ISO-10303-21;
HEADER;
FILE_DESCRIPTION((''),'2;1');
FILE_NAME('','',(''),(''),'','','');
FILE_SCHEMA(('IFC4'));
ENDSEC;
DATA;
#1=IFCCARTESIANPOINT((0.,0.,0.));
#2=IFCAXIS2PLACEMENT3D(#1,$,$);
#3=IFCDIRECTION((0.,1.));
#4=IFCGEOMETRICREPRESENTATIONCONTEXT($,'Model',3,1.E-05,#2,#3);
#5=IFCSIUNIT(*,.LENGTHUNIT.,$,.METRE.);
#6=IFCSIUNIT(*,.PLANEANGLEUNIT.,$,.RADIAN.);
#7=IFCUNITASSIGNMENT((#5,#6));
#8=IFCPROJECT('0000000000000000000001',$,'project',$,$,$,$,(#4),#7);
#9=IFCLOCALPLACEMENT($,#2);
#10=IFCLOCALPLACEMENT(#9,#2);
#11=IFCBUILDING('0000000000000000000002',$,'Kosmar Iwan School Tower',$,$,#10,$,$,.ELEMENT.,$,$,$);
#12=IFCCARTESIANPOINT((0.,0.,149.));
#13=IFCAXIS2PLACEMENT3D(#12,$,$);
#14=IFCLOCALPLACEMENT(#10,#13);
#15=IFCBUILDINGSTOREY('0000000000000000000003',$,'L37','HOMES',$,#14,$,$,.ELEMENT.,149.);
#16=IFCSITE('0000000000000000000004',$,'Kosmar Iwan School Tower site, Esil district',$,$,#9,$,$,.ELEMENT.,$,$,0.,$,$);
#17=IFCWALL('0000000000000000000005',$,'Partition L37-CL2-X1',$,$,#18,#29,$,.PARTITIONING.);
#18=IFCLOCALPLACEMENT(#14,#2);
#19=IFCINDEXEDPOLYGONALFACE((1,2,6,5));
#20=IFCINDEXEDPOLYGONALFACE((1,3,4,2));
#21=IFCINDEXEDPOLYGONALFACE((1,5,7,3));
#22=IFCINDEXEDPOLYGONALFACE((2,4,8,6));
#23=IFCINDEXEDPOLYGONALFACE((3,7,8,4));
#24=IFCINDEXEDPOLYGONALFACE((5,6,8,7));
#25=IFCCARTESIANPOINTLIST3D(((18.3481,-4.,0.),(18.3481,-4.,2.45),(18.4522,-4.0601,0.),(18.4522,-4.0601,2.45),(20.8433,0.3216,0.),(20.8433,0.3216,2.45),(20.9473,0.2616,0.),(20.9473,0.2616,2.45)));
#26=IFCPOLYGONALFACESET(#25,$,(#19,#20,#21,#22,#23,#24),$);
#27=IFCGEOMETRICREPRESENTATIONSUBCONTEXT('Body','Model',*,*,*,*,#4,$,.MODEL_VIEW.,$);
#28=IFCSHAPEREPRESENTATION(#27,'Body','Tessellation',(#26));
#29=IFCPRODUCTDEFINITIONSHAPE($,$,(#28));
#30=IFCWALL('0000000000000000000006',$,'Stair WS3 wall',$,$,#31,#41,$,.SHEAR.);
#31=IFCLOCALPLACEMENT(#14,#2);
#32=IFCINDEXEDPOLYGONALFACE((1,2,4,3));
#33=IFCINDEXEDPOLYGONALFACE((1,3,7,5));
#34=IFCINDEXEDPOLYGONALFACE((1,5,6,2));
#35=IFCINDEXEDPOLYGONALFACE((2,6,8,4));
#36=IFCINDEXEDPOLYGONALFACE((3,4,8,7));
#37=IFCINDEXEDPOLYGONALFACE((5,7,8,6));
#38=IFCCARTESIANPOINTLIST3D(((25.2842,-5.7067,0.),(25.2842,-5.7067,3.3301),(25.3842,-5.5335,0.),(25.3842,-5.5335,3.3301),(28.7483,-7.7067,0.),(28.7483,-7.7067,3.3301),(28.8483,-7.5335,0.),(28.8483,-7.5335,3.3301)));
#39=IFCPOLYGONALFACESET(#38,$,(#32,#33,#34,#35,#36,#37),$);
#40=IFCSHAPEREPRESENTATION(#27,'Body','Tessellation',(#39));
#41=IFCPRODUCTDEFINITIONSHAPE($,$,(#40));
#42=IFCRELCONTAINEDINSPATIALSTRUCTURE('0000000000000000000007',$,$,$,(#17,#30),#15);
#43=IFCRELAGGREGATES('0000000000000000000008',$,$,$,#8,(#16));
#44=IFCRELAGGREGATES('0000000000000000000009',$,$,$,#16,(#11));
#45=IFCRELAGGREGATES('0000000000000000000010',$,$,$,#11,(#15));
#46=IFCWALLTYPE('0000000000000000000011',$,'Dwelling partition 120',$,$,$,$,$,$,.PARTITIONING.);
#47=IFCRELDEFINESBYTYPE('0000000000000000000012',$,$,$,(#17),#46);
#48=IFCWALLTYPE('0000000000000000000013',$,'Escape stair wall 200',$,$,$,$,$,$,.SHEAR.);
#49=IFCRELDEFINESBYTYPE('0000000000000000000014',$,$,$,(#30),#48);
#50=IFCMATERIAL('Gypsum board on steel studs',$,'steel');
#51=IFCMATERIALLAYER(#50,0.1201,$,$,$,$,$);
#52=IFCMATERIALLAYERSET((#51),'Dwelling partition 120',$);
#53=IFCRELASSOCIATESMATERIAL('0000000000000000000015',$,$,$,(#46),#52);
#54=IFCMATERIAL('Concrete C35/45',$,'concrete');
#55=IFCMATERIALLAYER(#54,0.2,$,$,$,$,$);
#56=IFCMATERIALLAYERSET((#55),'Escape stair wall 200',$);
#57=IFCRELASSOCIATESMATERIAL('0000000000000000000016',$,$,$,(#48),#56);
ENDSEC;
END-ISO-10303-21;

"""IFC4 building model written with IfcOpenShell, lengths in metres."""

from ifc_helpers import new_model, si_unit, direction, frame, frame_2d, origin, place, context, subcontext, project, spatial, rectangle, extrude, material, layer, layer_set, type_object, element, save


model = new_model("IFC4")

# Units and contexts
model_context = context("Model", 3, precision=1e-05, world=origin(), true_north=direction((0.0, 1.0)))
body_context = subcontext(model_context, "Body", "Model", "MODEL_VIEW")
ifc_project = project(units=[si_unit("LENGTHUNIT", "METRE"), si_unit("PLANEANGLEUNIT", "RADIAN")], contexts=[model_context])

# Site, building, storey
site_placement = place(None, origin())
site = spatial("IfcSite", under=ifc_project, at=site_placement, Name="Kosmar Iwan School Tower site, Esil district", CompositionType="ELEMENT", RefElevation=0.0)
building_placement = place(site_placement, origin())
building = spatial("IfcBuilding", under=site, at=building_placement, Name="Kosmar Iwan School Tower", CompositionType="ELEMENT")
storey_placement = place(building_placement, frame((0.0, 0.0, 149.0)))
storey = spatial("IfcBuildingStorey", under=building, at=storey_placement, Name="L37", Description="HOMES", CompositionType="ELEMENT", Elevation=149.0)

# Shared definitions
ifc_material_1 = material(Name="Gypsum board on steel studs", Category="steel")
ifc_layer_1 = layer(ifc_material_1, 0.1201)
ifc_layer_set_1 = layer_set([ifc_layer_1], Name="Dwelling partition 120")
wall_type_1 = type_object("IfcWallType", Name="Dwelling partition 120", PredefinedType="PARTITIONING", material=ifc_layer_set_1)

# Walls
wall_1_placement = place(storey_placement, frame((18.4001, -4.03, 0.0), z_axis=(0.0, 0.0, 1.0), x_axis=(0.500012, 0.866019, 0.0)))
element("IfcWall", 1, at=wall_1_placement, inside=storey, type_object=wall_type_1, Name="Partition L37-CL2-X1", PredefinedType="PARTITIONING", context=body_context, shape_type="SweptSolid", body=[
    extrude(rectangle(XDim=4.9902, YDim=0.1201, at=frame_2d((2.4951, 0.0))), origin(), (0.0, 0.0, 1.0), 2.45),
])
ifc_material_2 = material(Name="Concrete C35/45", Category="concrete")
ifc_layer_2 = layer(ifc_material_2, 0.2)
ifc_layer_set_2 = layer_set([ifc_layer_2], Name="Escape stair wall 200")
wall_type_2 = type_object("IfcWallType", Name="Escape stair wall 200", PredefinedType="SHEAR", material=ifc_layer_set_2)
wall_2_placement = place(storey_placement, frame((25.3342, -5.6201, 0.0), z_axis=(0.0, 0.0, 1.0), x_axis=(0.866026, -0.499999, 0.0)))
element("IfcWall", 2, at=wall_2_placement, inside=storey, type_object=wall_type_2, Name="Stair WS3 wall", PredefinedType="SHEAR", context=body_context, shape_type="SweptSolid", body=[
    extrude(rectangle(XDim=4.0, YDim=0.2, at=frame_2d((2.0, 0.0))), origin(), (0.0, 0.0, 1.0), 3.3301),
])

save(model, "model.ifc")
